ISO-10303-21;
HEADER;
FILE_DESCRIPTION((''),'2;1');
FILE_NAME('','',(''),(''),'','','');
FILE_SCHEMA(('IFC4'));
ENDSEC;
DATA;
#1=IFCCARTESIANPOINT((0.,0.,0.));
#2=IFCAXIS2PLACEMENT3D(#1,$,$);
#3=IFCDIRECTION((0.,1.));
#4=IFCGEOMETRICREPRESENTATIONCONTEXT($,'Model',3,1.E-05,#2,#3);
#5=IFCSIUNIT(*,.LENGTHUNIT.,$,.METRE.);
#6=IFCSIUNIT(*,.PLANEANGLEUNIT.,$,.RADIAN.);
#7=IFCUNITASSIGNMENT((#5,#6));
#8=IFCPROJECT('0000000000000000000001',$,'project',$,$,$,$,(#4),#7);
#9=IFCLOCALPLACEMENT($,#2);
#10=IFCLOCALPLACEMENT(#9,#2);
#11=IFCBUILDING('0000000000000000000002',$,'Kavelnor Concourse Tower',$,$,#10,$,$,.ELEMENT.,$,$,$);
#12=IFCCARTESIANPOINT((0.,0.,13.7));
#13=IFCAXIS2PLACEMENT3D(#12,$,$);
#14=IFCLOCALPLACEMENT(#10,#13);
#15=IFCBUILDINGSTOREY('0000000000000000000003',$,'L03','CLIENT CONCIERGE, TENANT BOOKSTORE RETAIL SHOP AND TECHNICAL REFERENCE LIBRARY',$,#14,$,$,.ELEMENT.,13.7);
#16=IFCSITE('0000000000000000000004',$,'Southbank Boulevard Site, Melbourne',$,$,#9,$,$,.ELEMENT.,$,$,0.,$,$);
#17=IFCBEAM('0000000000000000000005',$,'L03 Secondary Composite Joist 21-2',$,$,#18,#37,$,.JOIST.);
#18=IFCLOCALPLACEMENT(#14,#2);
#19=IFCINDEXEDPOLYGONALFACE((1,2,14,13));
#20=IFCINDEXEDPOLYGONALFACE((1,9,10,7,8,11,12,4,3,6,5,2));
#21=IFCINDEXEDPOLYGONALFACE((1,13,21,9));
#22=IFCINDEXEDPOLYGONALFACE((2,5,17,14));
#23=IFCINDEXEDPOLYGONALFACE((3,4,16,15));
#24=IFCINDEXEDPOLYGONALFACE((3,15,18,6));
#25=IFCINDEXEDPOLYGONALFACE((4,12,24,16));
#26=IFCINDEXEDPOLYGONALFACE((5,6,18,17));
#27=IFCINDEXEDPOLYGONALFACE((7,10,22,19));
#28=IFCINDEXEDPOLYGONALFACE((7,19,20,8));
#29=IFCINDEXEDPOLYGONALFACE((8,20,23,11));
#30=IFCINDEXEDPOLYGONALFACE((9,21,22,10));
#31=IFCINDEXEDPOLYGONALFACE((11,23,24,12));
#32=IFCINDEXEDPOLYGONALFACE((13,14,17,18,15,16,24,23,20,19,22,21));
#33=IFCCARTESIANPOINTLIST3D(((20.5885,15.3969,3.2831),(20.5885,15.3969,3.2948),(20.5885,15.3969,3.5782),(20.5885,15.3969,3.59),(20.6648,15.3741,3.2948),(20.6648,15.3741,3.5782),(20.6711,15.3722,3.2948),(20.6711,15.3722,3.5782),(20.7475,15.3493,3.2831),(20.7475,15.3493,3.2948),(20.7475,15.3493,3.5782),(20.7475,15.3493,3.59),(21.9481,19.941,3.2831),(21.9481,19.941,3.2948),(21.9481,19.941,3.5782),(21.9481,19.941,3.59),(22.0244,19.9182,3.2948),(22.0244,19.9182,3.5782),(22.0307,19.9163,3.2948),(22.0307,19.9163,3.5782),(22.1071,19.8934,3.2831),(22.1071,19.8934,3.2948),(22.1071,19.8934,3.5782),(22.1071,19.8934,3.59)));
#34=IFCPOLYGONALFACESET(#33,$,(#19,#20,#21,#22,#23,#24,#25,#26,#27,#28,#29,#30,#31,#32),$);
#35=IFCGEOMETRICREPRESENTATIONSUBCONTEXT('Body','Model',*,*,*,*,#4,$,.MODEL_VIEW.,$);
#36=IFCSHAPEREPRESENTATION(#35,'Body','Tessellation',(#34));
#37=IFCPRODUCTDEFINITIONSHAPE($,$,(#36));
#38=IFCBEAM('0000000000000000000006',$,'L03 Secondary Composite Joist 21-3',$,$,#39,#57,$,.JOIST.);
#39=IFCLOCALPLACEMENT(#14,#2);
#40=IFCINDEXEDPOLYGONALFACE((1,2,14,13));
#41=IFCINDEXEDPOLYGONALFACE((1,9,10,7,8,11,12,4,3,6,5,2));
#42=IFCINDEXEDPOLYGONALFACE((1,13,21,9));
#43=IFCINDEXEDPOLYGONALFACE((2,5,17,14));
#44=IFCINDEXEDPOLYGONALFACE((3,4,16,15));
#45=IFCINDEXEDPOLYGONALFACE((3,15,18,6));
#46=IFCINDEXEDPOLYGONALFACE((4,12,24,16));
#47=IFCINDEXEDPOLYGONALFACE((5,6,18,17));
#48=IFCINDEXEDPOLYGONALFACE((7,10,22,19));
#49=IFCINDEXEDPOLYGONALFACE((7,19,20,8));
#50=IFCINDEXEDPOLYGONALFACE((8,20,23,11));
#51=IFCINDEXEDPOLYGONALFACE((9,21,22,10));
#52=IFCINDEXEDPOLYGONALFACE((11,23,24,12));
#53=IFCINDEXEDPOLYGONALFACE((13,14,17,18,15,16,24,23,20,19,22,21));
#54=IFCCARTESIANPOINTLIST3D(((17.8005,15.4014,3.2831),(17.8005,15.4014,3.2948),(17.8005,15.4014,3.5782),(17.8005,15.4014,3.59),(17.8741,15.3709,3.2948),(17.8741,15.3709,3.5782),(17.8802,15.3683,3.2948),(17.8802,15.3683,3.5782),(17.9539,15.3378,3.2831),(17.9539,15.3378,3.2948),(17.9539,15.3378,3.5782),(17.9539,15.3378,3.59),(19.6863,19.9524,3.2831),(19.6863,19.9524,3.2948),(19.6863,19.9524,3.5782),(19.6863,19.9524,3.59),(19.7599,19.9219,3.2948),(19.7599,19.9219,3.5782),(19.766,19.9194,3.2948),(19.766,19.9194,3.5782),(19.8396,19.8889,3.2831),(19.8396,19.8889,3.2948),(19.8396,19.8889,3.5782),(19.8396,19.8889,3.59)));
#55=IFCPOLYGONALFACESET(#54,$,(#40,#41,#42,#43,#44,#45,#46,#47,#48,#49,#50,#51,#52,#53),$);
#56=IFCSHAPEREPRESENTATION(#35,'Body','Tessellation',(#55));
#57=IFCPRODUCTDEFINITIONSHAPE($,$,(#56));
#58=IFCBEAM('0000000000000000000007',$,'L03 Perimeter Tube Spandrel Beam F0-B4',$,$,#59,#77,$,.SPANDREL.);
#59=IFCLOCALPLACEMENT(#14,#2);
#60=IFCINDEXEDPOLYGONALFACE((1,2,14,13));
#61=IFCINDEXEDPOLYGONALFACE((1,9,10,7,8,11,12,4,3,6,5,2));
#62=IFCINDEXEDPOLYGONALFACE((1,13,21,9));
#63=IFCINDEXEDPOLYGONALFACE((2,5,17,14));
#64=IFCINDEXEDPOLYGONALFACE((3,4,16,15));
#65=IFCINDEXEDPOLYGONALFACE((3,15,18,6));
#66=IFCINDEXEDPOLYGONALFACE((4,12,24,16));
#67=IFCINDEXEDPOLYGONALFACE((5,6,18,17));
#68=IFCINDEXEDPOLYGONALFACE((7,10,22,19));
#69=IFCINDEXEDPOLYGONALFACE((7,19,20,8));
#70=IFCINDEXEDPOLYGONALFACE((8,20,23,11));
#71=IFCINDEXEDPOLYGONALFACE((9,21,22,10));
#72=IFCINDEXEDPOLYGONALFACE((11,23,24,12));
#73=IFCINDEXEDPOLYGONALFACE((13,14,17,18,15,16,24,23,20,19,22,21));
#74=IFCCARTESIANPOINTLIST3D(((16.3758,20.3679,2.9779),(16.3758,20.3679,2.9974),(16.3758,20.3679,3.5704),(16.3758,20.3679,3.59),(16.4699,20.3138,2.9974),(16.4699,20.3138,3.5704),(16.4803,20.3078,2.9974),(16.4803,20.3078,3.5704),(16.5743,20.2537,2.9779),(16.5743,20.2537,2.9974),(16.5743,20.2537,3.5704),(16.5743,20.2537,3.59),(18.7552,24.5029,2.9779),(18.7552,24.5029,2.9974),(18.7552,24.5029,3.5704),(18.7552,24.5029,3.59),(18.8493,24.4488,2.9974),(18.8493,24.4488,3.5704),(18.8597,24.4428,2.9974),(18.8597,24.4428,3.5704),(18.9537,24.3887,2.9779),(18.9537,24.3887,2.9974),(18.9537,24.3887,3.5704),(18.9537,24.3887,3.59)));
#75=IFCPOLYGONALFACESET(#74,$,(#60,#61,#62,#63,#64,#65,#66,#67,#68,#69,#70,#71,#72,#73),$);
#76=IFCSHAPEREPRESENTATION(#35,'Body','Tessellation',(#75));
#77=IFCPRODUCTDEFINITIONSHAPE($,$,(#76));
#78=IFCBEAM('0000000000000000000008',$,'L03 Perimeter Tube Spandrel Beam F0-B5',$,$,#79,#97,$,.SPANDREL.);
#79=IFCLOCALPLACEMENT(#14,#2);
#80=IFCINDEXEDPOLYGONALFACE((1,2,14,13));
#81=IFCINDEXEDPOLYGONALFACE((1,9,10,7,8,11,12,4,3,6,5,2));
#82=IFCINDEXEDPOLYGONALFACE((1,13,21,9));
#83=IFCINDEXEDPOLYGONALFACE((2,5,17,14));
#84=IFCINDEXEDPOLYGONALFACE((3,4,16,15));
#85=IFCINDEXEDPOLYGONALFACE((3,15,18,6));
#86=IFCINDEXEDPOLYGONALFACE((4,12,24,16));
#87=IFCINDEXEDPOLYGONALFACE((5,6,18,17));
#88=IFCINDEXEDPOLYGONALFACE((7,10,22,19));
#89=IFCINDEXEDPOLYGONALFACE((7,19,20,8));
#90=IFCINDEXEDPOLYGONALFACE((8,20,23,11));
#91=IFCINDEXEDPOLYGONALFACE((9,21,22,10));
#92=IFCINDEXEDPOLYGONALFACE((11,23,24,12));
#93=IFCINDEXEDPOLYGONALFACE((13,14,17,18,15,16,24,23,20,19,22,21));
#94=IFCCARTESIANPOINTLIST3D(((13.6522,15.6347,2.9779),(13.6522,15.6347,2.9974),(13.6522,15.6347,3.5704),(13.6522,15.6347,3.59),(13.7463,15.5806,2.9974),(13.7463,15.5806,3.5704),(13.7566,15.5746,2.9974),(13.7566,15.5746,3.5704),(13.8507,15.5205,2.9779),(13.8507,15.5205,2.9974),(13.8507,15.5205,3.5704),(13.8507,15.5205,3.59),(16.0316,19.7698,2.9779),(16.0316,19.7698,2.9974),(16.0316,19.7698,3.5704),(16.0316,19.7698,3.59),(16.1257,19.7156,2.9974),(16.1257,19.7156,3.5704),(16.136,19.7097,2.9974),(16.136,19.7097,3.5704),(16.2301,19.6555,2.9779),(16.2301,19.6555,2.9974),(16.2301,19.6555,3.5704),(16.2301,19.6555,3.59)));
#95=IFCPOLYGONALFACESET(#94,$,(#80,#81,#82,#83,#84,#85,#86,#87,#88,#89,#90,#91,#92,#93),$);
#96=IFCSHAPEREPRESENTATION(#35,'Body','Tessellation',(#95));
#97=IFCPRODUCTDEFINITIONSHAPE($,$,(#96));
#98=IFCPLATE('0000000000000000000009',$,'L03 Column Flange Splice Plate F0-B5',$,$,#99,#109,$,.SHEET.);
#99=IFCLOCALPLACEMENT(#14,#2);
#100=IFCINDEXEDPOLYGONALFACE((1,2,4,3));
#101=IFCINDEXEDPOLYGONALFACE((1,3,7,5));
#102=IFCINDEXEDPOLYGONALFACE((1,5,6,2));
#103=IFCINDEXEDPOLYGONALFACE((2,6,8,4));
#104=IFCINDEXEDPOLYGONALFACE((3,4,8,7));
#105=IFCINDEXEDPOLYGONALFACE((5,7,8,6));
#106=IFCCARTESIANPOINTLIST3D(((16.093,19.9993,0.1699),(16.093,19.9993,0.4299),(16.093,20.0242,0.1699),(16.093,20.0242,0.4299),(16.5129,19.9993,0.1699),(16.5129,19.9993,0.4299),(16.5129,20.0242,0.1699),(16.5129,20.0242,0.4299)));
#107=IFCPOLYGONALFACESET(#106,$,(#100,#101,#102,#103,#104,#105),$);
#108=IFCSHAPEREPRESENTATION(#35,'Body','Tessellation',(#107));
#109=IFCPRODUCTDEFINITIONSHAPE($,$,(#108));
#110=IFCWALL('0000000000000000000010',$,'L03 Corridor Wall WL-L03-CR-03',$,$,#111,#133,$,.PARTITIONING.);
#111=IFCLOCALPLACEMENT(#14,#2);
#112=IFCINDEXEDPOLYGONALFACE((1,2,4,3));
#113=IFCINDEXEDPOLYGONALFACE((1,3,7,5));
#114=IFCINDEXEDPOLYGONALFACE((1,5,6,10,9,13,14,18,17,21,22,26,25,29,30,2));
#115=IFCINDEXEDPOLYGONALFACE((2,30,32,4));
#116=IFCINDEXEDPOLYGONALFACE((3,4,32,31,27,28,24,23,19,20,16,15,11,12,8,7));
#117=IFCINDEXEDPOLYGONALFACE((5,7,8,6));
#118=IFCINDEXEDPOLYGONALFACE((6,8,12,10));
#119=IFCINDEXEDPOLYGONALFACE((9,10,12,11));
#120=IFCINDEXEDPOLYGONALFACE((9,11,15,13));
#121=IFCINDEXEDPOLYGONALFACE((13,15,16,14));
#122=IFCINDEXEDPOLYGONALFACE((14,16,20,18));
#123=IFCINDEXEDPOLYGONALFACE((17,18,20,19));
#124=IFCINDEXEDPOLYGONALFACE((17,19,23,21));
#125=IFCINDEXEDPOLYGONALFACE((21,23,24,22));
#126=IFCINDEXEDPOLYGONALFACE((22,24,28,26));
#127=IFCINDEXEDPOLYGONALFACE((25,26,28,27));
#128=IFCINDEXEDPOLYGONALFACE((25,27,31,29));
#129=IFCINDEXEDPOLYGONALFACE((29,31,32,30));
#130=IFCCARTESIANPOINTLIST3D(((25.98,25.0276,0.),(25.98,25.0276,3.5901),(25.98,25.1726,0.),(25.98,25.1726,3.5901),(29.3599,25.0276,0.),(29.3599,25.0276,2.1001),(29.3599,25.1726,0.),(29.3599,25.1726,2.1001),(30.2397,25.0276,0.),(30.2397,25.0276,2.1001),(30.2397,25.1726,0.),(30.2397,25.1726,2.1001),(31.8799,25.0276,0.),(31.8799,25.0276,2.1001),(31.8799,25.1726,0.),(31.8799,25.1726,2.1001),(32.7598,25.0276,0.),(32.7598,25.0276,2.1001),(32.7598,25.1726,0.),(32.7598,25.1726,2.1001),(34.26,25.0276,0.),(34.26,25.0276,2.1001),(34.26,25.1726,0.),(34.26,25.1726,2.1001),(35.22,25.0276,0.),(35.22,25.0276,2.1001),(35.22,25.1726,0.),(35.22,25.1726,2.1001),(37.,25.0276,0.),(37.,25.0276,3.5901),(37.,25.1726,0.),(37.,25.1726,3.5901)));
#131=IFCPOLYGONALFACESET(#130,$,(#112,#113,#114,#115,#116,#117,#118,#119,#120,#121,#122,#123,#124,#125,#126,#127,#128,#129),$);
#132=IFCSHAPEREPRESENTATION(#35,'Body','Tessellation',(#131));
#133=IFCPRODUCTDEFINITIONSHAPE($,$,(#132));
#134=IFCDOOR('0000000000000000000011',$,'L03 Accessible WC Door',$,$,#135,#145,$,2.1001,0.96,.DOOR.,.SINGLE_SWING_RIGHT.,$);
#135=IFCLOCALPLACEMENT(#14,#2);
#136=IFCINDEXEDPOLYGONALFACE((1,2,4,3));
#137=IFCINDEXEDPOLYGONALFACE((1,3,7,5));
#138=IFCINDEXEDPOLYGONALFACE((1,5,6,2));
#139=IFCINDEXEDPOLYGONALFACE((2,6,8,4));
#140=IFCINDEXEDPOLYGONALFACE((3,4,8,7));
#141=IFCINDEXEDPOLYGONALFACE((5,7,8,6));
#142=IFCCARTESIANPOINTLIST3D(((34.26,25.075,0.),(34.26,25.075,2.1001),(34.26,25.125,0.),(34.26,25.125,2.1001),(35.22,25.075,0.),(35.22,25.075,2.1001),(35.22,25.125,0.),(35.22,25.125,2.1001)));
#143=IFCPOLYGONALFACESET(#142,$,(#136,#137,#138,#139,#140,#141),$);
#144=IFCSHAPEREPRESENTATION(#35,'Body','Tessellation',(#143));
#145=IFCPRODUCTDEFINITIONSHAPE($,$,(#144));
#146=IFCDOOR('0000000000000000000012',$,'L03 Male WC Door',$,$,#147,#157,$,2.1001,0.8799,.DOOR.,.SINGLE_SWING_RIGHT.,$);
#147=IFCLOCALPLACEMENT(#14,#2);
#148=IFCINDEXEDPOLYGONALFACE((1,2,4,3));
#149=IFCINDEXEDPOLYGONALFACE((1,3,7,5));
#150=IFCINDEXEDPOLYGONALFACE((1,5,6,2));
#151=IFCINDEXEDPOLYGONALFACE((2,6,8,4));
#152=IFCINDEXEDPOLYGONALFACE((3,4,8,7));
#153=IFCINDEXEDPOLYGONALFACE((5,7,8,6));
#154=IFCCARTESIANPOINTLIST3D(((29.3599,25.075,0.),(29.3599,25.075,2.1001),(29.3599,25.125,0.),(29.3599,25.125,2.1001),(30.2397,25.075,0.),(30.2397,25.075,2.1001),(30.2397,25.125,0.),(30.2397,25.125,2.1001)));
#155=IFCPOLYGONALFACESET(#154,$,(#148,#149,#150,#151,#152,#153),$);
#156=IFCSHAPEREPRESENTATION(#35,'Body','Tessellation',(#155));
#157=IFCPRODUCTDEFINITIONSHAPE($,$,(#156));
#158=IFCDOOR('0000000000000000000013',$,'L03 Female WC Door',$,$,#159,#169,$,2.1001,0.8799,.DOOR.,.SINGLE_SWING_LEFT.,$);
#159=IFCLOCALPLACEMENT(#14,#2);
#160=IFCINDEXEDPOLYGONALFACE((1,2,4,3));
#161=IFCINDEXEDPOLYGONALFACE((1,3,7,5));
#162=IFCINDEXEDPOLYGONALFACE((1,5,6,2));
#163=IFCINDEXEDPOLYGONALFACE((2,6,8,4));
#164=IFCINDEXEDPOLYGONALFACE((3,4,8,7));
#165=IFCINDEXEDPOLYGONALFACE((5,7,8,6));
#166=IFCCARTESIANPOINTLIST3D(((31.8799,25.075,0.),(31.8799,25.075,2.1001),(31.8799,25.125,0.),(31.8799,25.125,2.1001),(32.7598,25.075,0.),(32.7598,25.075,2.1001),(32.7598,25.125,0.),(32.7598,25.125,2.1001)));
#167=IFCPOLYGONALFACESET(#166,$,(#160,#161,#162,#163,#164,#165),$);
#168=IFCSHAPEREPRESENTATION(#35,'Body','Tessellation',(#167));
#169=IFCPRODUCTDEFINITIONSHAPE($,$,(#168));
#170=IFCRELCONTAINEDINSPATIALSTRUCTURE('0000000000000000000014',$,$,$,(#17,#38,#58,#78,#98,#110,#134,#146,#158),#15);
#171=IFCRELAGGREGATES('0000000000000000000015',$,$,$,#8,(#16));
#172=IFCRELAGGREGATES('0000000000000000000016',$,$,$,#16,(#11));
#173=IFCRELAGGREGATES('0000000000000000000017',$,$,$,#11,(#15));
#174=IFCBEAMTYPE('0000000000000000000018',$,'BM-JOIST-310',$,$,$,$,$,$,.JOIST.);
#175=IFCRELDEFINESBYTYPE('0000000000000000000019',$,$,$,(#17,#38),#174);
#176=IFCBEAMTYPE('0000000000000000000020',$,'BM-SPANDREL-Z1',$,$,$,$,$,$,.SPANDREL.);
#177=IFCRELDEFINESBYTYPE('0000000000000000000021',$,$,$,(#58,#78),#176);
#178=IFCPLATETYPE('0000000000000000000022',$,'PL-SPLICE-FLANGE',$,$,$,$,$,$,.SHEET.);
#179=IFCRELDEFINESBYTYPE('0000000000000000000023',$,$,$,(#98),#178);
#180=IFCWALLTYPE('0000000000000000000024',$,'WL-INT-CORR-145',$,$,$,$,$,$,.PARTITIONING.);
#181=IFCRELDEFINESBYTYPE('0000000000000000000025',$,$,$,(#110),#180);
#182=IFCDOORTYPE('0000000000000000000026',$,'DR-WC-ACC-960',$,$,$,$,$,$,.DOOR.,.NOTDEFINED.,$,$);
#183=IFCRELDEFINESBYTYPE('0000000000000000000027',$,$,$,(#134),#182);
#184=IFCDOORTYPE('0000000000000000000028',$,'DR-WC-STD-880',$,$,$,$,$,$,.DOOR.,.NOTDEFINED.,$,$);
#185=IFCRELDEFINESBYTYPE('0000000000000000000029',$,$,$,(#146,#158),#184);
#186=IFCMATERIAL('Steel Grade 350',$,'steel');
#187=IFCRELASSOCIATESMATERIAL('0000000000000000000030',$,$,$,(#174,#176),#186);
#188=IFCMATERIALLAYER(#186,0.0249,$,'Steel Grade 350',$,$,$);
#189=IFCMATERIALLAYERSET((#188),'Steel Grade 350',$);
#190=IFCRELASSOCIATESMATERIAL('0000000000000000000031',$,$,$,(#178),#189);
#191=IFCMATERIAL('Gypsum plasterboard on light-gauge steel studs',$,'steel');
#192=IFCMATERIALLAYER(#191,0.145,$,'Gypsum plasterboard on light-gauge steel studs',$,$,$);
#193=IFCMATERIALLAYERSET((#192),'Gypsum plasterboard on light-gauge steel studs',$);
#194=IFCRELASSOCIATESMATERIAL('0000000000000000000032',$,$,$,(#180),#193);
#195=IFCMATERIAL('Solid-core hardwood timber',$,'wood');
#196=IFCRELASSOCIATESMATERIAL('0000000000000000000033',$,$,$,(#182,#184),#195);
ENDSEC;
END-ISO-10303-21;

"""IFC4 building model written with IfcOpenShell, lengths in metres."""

from ifc_helpers import new_model, si_unit, direction, frame, frame_2d, origin, origin_2d, place, context, subcontext, project, spatial, rectangle, i_section, extrude, material, layer, layer_set, material_profile, profile_set, type_object, element, fill, save


model = new_model("IFC4")

# Units and contexts
model_context = context("Model", 3, precision=1e-05, world=origin(), true_north=direction((0.0, 1.0)))
body_context = subcontext(model_context, "Body", "Model", "MODEL_VIEW")
ifc_project = project(units=[si_unit("LENGTHUNIT", "METRE"), si_unit("PLANEANGLEUNIT", "RADIAN")], contexts=[model_context])

# Site, building, storey
site_placement = place(None, origin())
site = spatial("IfcSite", under=ifc_project, at=site_placement, Name="Southbank Boulevard Site, Melbourne", CompositionType="ELEMENT", RefElevation=0.0)
building_placement = place(site_placement, origin())
building = spatial("IfcBuilding", under=site, at=building_placement, Name="Kavelnor Concourse Tower", CompositionType="ELEMENT")
storey_placement = place(building_placement, frame((0.0, 0.0, 13.7)))
storey = spatial("IfcBuildingStorey", under=building, at=storey_placement, Name="L03", Description="CLIENT CONCIERGE, TENANT BOOKSTORE RETAIL SHOP AND TECHNICAL REFERENCE LIBRARY", CompositionType="ELEMENT", Elevation=13.7)

# Shared definitions
ifc_material_1 = material(Name="Steel Grade 350", Category="steel")

# Beams
ifc_material_profile_1 = material_profile(ifc_material_1, i_section(OverallWidth=0.166, OverallDepth=0.3069, WebThickness=0.0066, FlangeThickness=0.0117, at=origin_2d()), Name="310UB46")
ifc_profile_set_1 = profile_set([ifc_material_profile_1], Name="Steel Grade 350")
beam_type_1 = type_object("IfcBeamType", Name="BM-JOIST-310", PredefinedType="JOIST", material=ifc_profile_set_1)
beam_1_placement = place(storey_placement, frame((22.0276, 19.9172, 3.4365), z_axis=(-0.286644, -0.958037, 0.0), x_axis=(0.958037, -0.286644, 0.0)))
element("IfcBeam", 1, at=beam_1_placement, inside=storey, type_object=beam_type_1, Name="L03 Secondary Composite Joist 21-2", PredefinedType="JOIST", context=body_context, shape_type="SweptSolid", body=[
    extrude(i_section(OverallWidth=0.166, OverallDepth=0.3069, WebThickness=0.0066, FlangeThickness=0.0117, at=origin_2d()), origin(), (0.0, 0.0, 1.0), 4.7432),
])
beam_2_placement = place(storey_placement, frame((19.7629, 19.9207, 3.4365), z_axis=(-0.382795, -0.923833, 0.0), x_axis=(0.923833, -0.382795, 0.0)))
element("IfcBeam", 2, at=beam_2_placement, inside=storey, type_object=beam_type_1, Name="L03 Secondary Composite Joist 21-3", PredefinedType="JOIST", context=body_context, shape_type="SweptSolid", body=[
    extrude(i_section(OverallWidth=0.166, OverallDepth=0.3069, WebThickness=0.0066, FlangeThickness=0.0117, at=origin_2d()), origin(), (0.0, 0.0, 1.0), 4.9263),
])
ifc_material_profile_2 = material_profile(ifc_material_1, i_section(OverallWidth=0.229, OverallDepth=0.6121, WebThickness=0.012, FlangeThickness=0.0195, at=origin_2d()), Name="610UB125")
ifc_profile_set_2 = profile_set([ifc_material_profile_2], Name="Steel Grade 350")
beam_type_2 = type_object("IfcBeamType", Name="BM-SPANDREL-Z1", PredefinedType="SPANDREL", material=ifc_profile_set_2)
for number, where, z_axis, x_axis, name in (
    (3, (18.8545, 24.4458, 3.2839), (-0.498749, -0.866746, 0.0), (0.866746, -0.498749, 0.0), "L03 Perimeter Tube Spandrel Beam F0-B4"),
    (4, (16.1309, 19.7126, 3.2839), (-0.498749, -0.866746, 0.0), (0.866746, -0.498749, 0.0), "L03 Perimeter Tube Spandrel Beam F0-B5"),
):
    element("IfcBeam", number, at=place(storey_placement, frame(where, z_axis=z_axis, x_axis=x_axis)), inside=storey, type_object=beam_type_2, Name=name, PredefinedType="SPANDREL", context=body_context, shape_type="SweptSolid", body=[
        extrude(i_section(OverallWidth=0.229, OverallDepth=0.6121, WebThickness=0.012, FlangeThickness=0.0195, at=origin_2d()), origin(), (0.0, 0.0, 1.0), 4.7708),
    ])

# Plate
ifc_layer_1 = layer(ifc_material_1, 0.0249, Name="Steel Grade 350")
ifc_layer_set_1 = layer_set([ifc_layer_1], Name="Steel Grade 350")
plate_type = type_object("IfcPlateType", Name="PL-SPLICE-FLANGE", PredefinedType="SHEET", material=ifc_layer_set_1)
plate_placement = place(storey_placement, frame((16.303, 20.0117, 0.1699), z_axis=(0.0, 0.0, 1.0), x_axis=(1.0, 0.0, 0.0)))
element("IfcPlate", 5, at=plate_placement, inside=storey, type_object=plate_type, Name="L03 Column Flange Splice Plate F0-B5", PredefinedType="SHEET", context=body_context, shape_type="SweptSolid", body=[
    extrude(rectangle(XDim=0.4199, YDim=0.0249, at=origin_2d()), origin(), (0.0, 0.0, 1.0), 0.26),
])

# Wall, openings, doors
ifc_material_2 = material(Name="Gypsum plasterboard on light-gauge steel studs", Category="steel")
ifc_layer_2 = layer(ifc_material_2, 0.145, Name="Gypsum plasterboard on light-gauge steel studs")
ifc_layer_set_2 = layer_set([ifc_layer_2], Name="Gypsum plasterboard on light-gauge steel studs")
wall_type_1 = type_object("IfcWallType", Name="WL-INT-CORR-145", PredefinedType="PARTITIONING", material=ifc_layer_set_2)
wall_1_placement = place(storey_placement, frame((25.98, 25.1001, 0.0), z_axis=(0.0, 0.0, 1.0), x_axis=(1.0, 0.0, 0.0)))
wall_1 = element("IfcWall", 6, at=wall_1_placement, inside=storey, type_object=wall_type_1, Name="L03 Corridor Wall WL-L03-CR-03", PredefinedType="PARTITIONING", context=body_context, shape_type="SweptSolid", body=[
    extrude(rectangle(XDim=11.02, YDim=0.145, at=frame_2d((5.51, 0.0))), origin(), (0.0, 0.0, 1.0), 3.5901),
])
opening_1_placement = place(wall_1_placement, frame((3.3799, 0.0, 0.0)))
opening_1 = element("IfcOpeningElement", 7, at=opening_1_placement, cuts=wall_1, PredefinedType="OPENING", context=body_context, shape_type="SweptSolid", body=[
    extrude(rectangle(XDim=0.8799, YDim=2.1001, at=frame_2d((0.4399, 1.05))), frame((0.0, 0.0825, 0.0), z_axis=(0.0, -1.0, 0.0), x_axis=(1.0, 0.0, 0.0)), (0.0, 0.0, 1.0), 0.165),
])
opening_2_placement = place(wall_1_placement, frame((5.8999, 0.0, 0.0)))
opening_2 = element("IfcOpeningElement", 8, at=opening_2_placement, cuts=wall_1, PredefinedType="OPENING", context=body_context, shape_type="SweptSolid", body=[
    extrude(rectangle(XDim=0.8799, YDim=2.1001, at=frame_2d((0.4399, 1.05))), frame((0.0, 0.0825, 0.0), z_axis=(0.0, -1.0, 0.0), x_axis=(1.0, 0.0, 0.0)), (0.0, 0.0, 1.0), 0.165),
])
opening_3_placement = place(wall_1_placement, frame((8.28, 0.0, 0.0)))
opening_3 = element("IfcOpeningElement", 9, at=opening_3_placement, cuts=wall_1, PredefinedType="OPENING", context=body_context, shape_type="SweptSolid", body=[
    extrude(rectangle(XDim=0.96, YDim=2.1001, at=frame_2d((0.48, 1.05))), frame((0.0, 0.0825, 0.0), z_axis=(0.0, -1.0, 0.0), x_axis=(1.0, 0.0, 0.0)), (0.0, 0.0, 1.0), 0.165),
])
ifc_material_3 = material(Name="Solid-core hardwood timber", Category="wood")
door_type_1 = type_object("IfcDoorType", Name="DR-WC-ACC-960", OperationType="NOTDEFINED", PredefinedType="DOOR", material=ifc_material_3)
door_1_placement = place(opening_3_placement, origin())
door_1 = element("IfcDoor", 10, at=door_1_placement, inside=storey, type_object=door_type_1, Name="L03 Accessible WC Door", OperationType="SINGLE_SWING_RIGHT", OverallHeight=2.1001, OverallWidth=0.96, PredefinedType="DOOR", context=body_context, shape_type="SweptSolid", body=[
    extrude(rectangle(XDim=0.96, YDim=2.1001, at=frame_2d((0.48, 1.05))), frame((0.0, 0.0249, 0.0), z_axis=(0.0, -1.0, 0.0), x_axis=(1.0, 0.0, 0.0)), (0.0, 0.0, 1.0), 0.05),
])
fill(opening_3, door_1)
door_type_2 = type_object("IfcDoorType", Name="DR-WC-STD-880", OperationType="NOTDEFINED", PredefinedType="DOOR", material=ifc_material_3)
door_2_placement = place(opening_1_placement, origin())
door_2 = element("IfcDoor", 11, at=door_2_placement, inside=storey, type_object=door_type_2, Name="L03 Male WC Door", OperationType="SINGLE_SWING_RIGHT", OverallHeight=2.1001, OverallWidth=0.8799, PredefinedType="DOOR", context=body_context, shape_type="SweptSolid", body=[
    extrude(rectangle(XDim=0.8799, YDim=2.1001, at=frame_2d((0.4399, 1.05))), frame((0.0, 0.0249, 0.0), z_axis=(0.0, -1.0, 0.0), x_axis=(1.0, 0.0, 0.0)), (0.0, 0.0, 1.0), 0.05),
])
fill(opening_1, door_2)
door_3_placement = place(opening_2_placement, origin())
door_3 = element("IfcDoor", 12, at=door_3_placement, inside=storey, type_object=door_type_2, Name="L03 Female WC Door", OperationType="SINGLE_SWING_LEFT", OverallHeight=2.1001, OverallWidth=0.8799, PredefinedType="DOOR", context=body_context, shape_type="SweptSolid", body=[
    extrude(rectangle(XDim=0.8799, YDim=2.1001, at=frame_2d((0.4399, 1.05))), frame((0.0, 0.0249, 0.0), z_axis=(0.0, -1.0, 0.0), x_axis=(1.0, 0.0, 0.0)), (0.0, 0.0, 1.0), 0.05),
])
fill(opening_2, door_3)

save(model, "model.ifc")
